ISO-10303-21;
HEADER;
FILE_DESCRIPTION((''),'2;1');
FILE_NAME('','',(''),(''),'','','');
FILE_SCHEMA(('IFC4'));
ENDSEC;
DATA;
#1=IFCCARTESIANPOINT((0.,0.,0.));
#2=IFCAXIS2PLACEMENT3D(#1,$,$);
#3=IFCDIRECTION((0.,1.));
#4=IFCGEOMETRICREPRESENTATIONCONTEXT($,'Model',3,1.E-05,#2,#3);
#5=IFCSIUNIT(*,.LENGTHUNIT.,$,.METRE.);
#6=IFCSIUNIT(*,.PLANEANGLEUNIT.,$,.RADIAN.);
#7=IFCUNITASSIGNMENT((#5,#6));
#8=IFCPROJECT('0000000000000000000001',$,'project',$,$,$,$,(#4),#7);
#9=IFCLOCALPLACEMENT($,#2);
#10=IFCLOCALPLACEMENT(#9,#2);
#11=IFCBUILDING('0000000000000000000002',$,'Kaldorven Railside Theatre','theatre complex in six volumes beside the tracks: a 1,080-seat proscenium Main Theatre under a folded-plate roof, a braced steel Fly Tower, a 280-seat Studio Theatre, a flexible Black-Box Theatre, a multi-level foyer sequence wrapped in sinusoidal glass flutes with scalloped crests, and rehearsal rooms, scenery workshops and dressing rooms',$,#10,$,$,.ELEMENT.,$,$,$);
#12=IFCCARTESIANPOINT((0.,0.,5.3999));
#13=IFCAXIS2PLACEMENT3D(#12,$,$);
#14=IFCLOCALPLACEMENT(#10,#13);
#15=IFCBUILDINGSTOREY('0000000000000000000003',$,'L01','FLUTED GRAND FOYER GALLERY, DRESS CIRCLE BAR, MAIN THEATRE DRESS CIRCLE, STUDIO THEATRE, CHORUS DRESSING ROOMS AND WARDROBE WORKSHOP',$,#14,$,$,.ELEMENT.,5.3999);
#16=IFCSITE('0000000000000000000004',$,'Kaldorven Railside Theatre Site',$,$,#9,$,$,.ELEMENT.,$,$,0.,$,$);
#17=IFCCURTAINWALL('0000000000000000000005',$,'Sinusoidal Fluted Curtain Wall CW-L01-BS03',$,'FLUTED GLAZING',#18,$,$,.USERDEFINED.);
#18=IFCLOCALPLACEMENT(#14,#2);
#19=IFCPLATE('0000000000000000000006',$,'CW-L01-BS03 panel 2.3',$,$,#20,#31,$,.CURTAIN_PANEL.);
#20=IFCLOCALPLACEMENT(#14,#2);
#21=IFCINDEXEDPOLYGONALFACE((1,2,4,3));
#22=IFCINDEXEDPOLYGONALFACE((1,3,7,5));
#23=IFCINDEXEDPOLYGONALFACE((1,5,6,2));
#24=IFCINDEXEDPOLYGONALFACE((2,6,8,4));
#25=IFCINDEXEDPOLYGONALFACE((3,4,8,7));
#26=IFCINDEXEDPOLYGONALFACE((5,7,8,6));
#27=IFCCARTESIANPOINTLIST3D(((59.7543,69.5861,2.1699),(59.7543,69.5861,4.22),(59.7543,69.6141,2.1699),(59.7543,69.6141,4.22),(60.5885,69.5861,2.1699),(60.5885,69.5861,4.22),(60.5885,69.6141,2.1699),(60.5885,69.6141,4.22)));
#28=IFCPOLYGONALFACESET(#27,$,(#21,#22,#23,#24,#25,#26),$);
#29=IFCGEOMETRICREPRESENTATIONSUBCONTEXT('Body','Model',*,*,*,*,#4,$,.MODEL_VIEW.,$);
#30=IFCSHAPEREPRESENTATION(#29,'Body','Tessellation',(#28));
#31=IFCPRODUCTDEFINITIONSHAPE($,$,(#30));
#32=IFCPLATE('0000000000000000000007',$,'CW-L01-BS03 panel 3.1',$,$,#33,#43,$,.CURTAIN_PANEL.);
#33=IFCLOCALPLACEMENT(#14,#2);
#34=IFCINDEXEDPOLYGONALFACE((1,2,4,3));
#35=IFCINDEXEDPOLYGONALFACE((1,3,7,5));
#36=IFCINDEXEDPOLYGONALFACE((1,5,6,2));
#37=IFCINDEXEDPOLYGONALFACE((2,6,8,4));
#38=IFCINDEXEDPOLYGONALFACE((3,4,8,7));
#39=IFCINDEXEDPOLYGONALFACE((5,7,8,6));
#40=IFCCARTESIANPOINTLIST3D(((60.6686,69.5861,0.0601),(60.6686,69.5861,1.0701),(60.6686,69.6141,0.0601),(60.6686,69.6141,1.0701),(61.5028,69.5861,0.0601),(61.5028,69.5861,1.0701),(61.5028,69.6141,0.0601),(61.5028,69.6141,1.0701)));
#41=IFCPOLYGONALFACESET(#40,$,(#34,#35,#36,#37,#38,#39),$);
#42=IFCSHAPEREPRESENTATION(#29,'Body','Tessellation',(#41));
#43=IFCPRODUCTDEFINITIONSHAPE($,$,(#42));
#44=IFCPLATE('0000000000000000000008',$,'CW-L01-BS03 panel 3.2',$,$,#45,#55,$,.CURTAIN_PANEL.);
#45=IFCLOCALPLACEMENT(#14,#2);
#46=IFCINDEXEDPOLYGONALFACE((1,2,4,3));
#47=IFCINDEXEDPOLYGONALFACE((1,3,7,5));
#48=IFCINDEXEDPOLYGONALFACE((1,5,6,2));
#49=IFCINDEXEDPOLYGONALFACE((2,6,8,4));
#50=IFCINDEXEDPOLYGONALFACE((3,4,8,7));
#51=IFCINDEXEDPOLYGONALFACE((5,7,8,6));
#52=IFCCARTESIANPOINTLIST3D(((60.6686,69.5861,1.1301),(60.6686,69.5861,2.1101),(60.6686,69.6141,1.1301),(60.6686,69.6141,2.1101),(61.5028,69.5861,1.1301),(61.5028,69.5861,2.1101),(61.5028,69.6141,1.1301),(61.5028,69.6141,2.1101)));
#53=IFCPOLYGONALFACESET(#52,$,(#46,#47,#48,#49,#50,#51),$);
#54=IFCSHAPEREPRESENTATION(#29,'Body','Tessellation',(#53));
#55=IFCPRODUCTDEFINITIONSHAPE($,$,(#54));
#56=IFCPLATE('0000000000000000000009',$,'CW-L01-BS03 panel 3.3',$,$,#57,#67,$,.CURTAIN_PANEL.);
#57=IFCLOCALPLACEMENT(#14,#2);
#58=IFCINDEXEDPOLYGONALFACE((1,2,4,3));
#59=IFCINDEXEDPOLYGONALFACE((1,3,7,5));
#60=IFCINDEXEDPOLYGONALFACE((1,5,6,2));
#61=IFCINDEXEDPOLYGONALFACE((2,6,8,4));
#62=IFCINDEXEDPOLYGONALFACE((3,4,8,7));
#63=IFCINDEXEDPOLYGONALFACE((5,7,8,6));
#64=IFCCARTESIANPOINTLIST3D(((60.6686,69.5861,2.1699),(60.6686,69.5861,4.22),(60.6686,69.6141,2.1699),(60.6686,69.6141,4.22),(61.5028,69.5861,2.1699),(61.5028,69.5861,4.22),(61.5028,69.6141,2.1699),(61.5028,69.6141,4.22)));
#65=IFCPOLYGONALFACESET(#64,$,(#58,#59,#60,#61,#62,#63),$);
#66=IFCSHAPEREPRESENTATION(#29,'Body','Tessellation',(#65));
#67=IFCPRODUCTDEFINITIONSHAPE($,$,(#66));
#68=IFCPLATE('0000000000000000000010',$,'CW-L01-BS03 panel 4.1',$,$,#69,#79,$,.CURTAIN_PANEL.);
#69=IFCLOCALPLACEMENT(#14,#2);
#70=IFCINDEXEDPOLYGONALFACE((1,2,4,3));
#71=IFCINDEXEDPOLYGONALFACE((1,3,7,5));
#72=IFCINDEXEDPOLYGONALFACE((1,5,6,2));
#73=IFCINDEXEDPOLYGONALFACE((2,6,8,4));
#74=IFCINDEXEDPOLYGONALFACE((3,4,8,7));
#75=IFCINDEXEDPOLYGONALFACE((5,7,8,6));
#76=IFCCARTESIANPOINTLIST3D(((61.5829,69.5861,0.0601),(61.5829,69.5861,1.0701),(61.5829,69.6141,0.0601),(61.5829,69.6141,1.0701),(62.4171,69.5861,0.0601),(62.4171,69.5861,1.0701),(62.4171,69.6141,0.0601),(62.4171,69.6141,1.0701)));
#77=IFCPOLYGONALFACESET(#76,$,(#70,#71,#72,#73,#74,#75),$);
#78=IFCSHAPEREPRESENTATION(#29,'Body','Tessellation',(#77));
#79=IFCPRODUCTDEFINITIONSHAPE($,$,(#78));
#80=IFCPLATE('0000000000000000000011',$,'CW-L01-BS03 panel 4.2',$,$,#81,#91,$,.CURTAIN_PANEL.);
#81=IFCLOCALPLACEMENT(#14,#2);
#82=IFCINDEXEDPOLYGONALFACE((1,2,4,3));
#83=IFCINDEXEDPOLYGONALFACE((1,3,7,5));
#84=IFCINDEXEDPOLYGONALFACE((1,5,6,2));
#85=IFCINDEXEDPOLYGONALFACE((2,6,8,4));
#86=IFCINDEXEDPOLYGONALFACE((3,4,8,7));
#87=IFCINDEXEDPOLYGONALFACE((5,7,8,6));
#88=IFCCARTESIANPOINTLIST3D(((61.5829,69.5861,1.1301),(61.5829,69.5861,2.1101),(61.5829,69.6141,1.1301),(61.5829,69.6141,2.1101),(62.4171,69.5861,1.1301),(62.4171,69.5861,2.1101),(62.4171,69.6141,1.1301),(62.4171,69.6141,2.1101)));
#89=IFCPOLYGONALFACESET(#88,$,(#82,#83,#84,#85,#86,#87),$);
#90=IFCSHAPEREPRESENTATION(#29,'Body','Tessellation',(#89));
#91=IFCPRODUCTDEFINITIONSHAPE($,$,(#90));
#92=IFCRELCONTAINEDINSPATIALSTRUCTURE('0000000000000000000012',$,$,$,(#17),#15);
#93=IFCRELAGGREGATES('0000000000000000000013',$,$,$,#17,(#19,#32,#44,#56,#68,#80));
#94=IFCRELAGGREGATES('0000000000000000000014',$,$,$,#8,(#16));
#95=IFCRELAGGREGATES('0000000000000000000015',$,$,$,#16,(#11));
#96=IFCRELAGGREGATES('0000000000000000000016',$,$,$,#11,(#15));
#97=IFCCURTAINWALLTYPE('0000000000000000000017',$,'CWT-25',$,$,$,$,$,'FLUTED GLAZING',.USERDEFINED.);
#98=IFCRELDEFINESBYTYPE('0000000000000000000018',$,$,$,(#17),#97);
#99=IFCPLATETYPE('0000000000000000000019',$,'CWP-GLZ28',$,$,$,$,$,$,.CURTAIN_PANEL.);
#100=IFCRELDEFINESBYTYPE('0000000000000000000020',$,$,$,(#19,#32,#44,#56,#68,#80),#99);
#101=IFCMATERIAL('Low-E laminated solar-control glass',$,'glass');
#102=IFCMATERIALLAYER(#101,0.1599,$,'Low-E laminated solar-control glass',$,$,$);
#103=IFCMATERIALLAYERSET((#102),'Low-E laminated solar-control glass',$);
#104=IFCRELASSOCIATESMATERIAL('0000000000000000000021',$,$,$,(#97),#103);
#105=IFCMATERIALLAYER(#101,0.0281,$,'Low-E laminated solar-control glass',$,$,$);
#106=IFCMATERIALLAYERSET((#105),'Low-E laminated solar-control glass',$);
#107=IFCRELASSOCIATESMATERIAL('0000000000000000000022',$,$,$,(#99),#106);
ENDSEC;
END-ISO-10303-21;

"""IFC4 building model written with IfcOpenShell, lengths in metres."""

from ifc_helpers import new_model, si_unit, direction, frame, origin, origin_2d, place, context, subcontext, project, spatial, rectangle, extrude, material, layer, layer_set, type_object, element, aggregate, save


model = new_model("IFC4")

# Units and contexts
model_context = context("Model", 3, precision=1e-05, world=origin(), true_north=direction((0.0, 1.0)))
body_context = subcontext(model_context, "Body", "Model", "MODEL_VIEW")
ifc_project = project(units=[si_unit("LENGTHUNIT", "METRE"), si_unit("PLANEANGLEUNIT", "RADIAN")], contexts=[model_context])

# Site, building, storey
site_placement = place(None, origin())
site = spatial("IfcSite", under=ifc_project, at=site_placement, Name="Kaldorven Railside Theatre Site", CompositionType="ELEMENT", RefElevation=0.0)
building_placement = place(site_placement, origin())
building = spatial("IfcBuilding", under=site, at=building_placement, Name="Kaldorven Railside Theatre", Description="theatre complex in six volumes beside the tracks: a 1,080-seat proscenium Main Theatre under a folded-plate roof, a braced steel Fly Tower, a 280-seat Studio Theatre, a flexible Black-Box Theatre, a multi-level foyer sequence wrapped in sinusoidal glass flutes with scalloped crests, and rehearsal rooms, scenery workshops and dressing rooms", CompositionType="ELEMENT")
storey_placement = place(building_placement, frame((0.0, 0.0, 5.3999)))
storey = spatial("IfcBuildingStorey", under=building, at=storey_placement, Name="L01", Description="FLUTED GRAND FOYER GALLERY, DRESS CIRCLE BAR, MAIN THEATRE DRESS CIRCLE, STUDIO THEATRE, CHORUS DRESSING ROOMS AND WARDROBE WORKSHOP", CompositionType="ELEMENT", Elevation=5.3999)

# Curtain wall, plates
ifc_material_1 = material(Name="Low-E laminated solar-control glass", Category="glass")
ifc_layer_1 = layer(ifc_material_1, 0.1599, Name="Low-E laminated solar-control glass")
ifc_layer_set_1 = layer_set([ifc_layer_1], Name="Low-E laminated solar-control glass")
curtain_wall_type = type_object("IfcCurtainWallType", Name="CWT-25", ElementType="FLUTED GLAZING", PredefinedType="USERDEFINED", material=ifc_layer_set_1)
curtain_wall_placement = place(storey_placement, origin())
curtain_wall = element("IfcCurtainWall", 1, at=curtain_wall_placement, inside=storey, type_object=curtain_wall_type, Name="Sinusoidal Fluted Curtain Wall CW-L01-BS03", ObjectType="FLUTED GLAZING", PredefinedType="USERDEFINED")
ifc_layer_2 = layer(ifc_material_1, 0.0281, Name="Low-E laminated solar-control glass")
ifc_layer_set_2 = layer_set([ifc_layer_2], Name="Low-E laminated solar-control glass")
plate_type = type_object("IfcPlateType", Name="CWP-GLZ28", PredefinedType="CURTAIN_PANEL", material=ifc_layer_set_2)
plate_1_placement = place(storey_placement, frame((60.1714, 69.6001, 2.1699), z_axis=(0.0, 0.0, 1.0), x_axis=(1.0, 0.0, 0.0)))
plate_1 = element("IfcPlate", 2, at=plate_1_placement, type_object=plate_type, Name="CW-L01-BS03 panel 2.3", PredefinedType="CURTAIN_PANEL", context=body_context, shape_type="SweptSolid", body=[
    extrude(rectangle(XDim=0.8342, YDim=0.0281, at=origin_2d()), origin(), (0.0, 0.0, 1.0), 2.05),
])
plate_2_placement = place(storey_placement, frame((61.0857, 69.6001, 0.0601), z_axis=(0.0, 0.0, 1.0), x_axis=(1.0, 0.0, 0.0)))
plate_2 = element("IfcPlate", 3, at=plate_2_placement, type_object=plate_type, Name="CW-L01-BS03 panel 3.1", PredefinedType="CURTAIN_PANEL", context=body_context, shape_type="SweptSolid", body=[
    extrude(rectangle(XDim=0.8342, YDim=0.0281, at=origin_2d()), origin(), (0.0, 0.0, 1.0), 1.01),
])
plate_3_placement = place(storey_placement, frame((61.0857, 69.6001, 1.1301), z_axis=(0.0, 0.0, 1.0), x_axis=(1.0, 0.0, 0.0)))
plate_3 = element("IfcPlate", 4, at=plate_3_placement, type_object=plate_type, Name="CW-L01-BS03 panel 3.2", PredefinedType="CURTAIN_PANEL", context=body_context, shape_type="SweptSolid", body=[
    extrude(rectangle(XDim=0.8342, YDim=0.0281, at=origin_2d()), origin(), (0.0, 0.0, 1.0), 0.98),
])
plate_4_placement = place(storey_placement, frame((61.0857, 69.6001, 2.1699), z_axis=(0.0, 0.0, 1.0), x_axis=(1.0, 0.0, 0.0)))
plate_4 = element("IfcPlate", 5, at=plate_4_placement, type_object=plate_type, Name="CW-L01-BS03 panel 3.3", PredefinedType="CURTAIN_PANEL", context=body_context, shape_type="SweptSolid", body=[
    extrude(rectangle(XDim=0.8342, YDim=0.0281, at=origin_2d()), origin(), (0.0, 0.0, 1.0), 2.05),
])
plate_5_placement = place(storey_placement, frame((62.0, 69.6001, 0.0601), z_axis=(0.0, 0.0, 1.0), x_axis=(1.0, 0.0, 0.0)))
plate_5 = element("IfcPlate", 6, at=plate_5_placement, type_object=plate_type, Name="CW-L01-BS03 panel 4.1", PredefinedType="CURTAIN_PANEL", context=body_context, shape_type="SweptSolid", body=[
    extrude(rectangle(XDim=0.8342, YDim=0.0281, at=origin_2d()), origin(), (0.0, 0.0, 1.0), 1.01),
])
plate_6_placement = place(storey_placement, frame((62.0, 69.6001, 1.1301), z_axis=(0.0, 0.0, 1.0), x_axis=(1.0, 0.0, 0.0)))
plate_6 = element("IfcPlate", 7, at=plate_6_placement, type_object=plate_type, Name="CW-L01-BS03 panel 4.2", PredefinedType="CURTAIN_PANEL", context=body_context, shape_type="SweptSolid", body=[
    extrude(rectangle(XDim=0.8342, YDim=0.0281, at=origin_2d()), origin(), (0.0, 0.0, 1.0), 0.98),
])
aggregate(curtain_wall, [plate_1, plate_2, plate_3, plate_4, plate_5, plate_6])

save(model, "model.ifc")
